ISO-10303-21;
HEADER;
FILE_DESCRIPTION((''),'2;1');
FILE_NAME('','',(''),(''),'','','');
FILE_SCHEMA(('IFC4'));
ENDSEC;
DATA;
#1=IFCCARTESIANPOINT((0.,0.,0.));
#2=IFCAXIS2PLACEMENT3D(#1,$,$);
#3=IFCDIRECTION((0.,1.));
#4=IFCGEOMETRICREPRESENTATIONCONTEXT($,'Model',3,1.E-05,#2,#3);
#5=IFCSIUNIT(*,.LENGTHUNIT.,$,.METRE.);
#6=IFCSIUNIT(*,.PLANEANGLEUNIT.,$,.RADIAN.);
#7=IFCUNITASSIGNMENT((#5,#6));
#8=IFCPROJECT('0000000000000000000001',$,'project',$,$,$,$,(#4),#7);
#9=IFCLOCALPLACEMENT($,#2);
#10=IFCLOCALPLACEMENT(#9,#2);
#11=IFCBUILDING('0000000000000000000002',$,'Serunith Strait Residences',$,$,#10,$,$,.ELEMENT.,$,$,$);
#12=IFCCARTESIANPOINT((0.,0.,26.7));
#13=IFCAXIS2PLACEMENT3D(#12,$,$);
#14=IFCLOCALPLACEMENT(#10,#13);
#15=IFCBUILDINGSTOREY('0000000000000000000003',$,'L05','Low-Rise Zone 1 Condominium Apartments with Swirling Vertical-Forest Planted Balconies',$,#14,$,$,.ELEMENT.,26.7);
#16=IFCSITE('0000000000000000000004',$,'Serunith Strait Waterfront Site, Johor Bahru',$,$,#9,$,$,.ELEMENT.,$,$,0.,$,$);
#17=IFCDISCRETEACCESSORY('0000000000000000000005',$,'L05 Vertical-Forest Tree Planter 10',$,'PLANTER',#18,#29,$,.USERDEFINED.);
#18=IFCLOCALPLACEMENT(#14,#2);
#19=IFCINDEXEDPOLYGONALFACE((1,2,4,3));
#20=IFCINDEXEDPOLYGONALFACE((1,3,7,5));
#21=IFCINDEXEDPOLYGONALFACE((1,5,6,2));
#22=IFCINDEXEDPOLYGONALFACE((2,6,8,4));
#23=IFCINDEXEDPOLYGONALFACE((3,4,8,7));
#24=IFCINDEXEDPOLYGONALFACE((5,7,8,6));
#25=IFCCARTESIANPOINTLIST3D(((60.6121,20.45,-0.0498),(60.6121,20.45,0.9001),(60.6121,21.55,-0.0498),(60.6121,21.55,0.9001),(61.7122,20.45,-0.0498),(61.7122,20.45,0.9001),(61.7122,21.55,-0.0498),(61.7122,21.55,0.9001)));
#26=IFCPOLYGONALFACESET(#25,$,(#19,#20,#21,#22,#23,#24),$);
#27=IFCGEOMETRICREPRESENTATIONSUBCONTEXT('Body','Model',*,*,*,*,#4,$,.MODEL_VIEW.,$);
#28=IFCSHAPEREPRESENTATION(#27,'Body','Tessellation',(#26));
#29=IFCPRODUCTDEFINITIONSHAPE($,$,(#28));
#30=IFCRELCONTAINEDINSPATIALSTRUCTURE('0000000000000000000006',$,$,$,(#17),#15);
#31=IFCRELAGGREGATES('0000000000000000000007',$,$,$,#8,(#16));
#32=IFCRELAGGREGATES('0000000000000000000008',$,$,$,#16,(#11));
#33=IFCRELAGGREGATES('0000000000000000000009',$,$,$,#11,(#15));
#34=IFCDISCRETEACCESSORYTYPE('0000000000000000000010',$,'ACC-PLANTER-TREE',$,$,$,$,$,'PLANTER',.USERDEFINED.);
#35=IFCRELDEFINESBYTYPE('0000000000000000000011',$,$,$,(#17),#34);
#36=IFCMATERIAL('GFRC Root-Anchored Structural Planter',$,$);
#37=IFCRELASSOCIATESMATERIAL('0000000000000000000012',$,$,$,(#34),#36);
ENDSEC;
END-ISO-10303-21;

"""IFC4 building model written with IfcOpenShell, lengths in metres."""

from ifc_helpers import new_model, si_unit, direction, frame, origin, origin_2d, place, context, subcontext, project, spatial, rectangle, extrude, source, transform, mapped, material, type_object, element, save


model = new_model("IFC4")

# Units and contexts
model_context = context("Model", 3, precision=1e-05, world=origin(), true_north=direction((0.0, 1.0)))
body_context = subcontext(model_context, "Body", "Model", "MODEL_VIEW")
ifc_project = project(units=[si_unit("LENGTHUNIT", "METRE"), si_unit("PLANEANGLEUNIT", "RADIAN")], contexts=[model_context])

# Site, building, storey
site_placement = place(None, origin())
site = spatial("IfcSite", under=ifc_project, at=site_placement, Name="Serunith Strait Waterfront Site, Johor Bahru", CompositionType="ELEMENT", RefElevation=0.0)
building_placement = place(site_placement, origin())
building = spatial("IfcBuilding", under=site, at=building_placement, Name="Serunith Strait Residences", CompositionType="ELEMENT")
storey_placement = place(building_placement, frame((0.0, 0.0, 26.7)))
storey = spatial("IfcBuildingStorey", under=building, at=storey_placement, Name="L05", Description="Low-Rise Zone 1 Condominium Apartments with Swirling Vertical-Forest Planted Balconies", CompositionType="ELEMENT", Elevation=26.7)

# Discrete accessory
ifc_material_1 = material(Name="GFRC Root-Anchored Structural Planter")
discrete_accessory_type = type_object("IfcDiscreteAccessoryType", Name="ACC-PLANTER-TREE", ElementType="PLANTER", PredefinedType="USERDEFINED", material=ifc_material_1)
shared_shape_1 = source(origin(), body_context, "Body", "SweptSolid", [
    extrude(rectangle(XDim=1.1001, YDim=1.1001, at=origin_2d()), origin(), (0.0, 0.0, 1.0), 0.95),
])
discrete_accessory_placement = place(storey_placement, frame((61.1621, 21.0, -0.0498), z_axis=(0.0, 0.0, 1.0), x_axis=(0.0, 1.0, 0.0)))
element("IfcDiscreteAccessory", 1, at=discrete_accessory_placement, inside=storey, type_object=discrete_accessory_type, Name="L05 Vertical-Forest Tree Planter 10", ObjectType="PLANTER", PredefinedType="USERDEFINED", context=body_context, shape_type="MappedRepresentation", body=[
    mapped(shared_shape_1, transform((0.0, 0.0, 0.0), scale=1.0)),
])

save(model, "model.ifc")
